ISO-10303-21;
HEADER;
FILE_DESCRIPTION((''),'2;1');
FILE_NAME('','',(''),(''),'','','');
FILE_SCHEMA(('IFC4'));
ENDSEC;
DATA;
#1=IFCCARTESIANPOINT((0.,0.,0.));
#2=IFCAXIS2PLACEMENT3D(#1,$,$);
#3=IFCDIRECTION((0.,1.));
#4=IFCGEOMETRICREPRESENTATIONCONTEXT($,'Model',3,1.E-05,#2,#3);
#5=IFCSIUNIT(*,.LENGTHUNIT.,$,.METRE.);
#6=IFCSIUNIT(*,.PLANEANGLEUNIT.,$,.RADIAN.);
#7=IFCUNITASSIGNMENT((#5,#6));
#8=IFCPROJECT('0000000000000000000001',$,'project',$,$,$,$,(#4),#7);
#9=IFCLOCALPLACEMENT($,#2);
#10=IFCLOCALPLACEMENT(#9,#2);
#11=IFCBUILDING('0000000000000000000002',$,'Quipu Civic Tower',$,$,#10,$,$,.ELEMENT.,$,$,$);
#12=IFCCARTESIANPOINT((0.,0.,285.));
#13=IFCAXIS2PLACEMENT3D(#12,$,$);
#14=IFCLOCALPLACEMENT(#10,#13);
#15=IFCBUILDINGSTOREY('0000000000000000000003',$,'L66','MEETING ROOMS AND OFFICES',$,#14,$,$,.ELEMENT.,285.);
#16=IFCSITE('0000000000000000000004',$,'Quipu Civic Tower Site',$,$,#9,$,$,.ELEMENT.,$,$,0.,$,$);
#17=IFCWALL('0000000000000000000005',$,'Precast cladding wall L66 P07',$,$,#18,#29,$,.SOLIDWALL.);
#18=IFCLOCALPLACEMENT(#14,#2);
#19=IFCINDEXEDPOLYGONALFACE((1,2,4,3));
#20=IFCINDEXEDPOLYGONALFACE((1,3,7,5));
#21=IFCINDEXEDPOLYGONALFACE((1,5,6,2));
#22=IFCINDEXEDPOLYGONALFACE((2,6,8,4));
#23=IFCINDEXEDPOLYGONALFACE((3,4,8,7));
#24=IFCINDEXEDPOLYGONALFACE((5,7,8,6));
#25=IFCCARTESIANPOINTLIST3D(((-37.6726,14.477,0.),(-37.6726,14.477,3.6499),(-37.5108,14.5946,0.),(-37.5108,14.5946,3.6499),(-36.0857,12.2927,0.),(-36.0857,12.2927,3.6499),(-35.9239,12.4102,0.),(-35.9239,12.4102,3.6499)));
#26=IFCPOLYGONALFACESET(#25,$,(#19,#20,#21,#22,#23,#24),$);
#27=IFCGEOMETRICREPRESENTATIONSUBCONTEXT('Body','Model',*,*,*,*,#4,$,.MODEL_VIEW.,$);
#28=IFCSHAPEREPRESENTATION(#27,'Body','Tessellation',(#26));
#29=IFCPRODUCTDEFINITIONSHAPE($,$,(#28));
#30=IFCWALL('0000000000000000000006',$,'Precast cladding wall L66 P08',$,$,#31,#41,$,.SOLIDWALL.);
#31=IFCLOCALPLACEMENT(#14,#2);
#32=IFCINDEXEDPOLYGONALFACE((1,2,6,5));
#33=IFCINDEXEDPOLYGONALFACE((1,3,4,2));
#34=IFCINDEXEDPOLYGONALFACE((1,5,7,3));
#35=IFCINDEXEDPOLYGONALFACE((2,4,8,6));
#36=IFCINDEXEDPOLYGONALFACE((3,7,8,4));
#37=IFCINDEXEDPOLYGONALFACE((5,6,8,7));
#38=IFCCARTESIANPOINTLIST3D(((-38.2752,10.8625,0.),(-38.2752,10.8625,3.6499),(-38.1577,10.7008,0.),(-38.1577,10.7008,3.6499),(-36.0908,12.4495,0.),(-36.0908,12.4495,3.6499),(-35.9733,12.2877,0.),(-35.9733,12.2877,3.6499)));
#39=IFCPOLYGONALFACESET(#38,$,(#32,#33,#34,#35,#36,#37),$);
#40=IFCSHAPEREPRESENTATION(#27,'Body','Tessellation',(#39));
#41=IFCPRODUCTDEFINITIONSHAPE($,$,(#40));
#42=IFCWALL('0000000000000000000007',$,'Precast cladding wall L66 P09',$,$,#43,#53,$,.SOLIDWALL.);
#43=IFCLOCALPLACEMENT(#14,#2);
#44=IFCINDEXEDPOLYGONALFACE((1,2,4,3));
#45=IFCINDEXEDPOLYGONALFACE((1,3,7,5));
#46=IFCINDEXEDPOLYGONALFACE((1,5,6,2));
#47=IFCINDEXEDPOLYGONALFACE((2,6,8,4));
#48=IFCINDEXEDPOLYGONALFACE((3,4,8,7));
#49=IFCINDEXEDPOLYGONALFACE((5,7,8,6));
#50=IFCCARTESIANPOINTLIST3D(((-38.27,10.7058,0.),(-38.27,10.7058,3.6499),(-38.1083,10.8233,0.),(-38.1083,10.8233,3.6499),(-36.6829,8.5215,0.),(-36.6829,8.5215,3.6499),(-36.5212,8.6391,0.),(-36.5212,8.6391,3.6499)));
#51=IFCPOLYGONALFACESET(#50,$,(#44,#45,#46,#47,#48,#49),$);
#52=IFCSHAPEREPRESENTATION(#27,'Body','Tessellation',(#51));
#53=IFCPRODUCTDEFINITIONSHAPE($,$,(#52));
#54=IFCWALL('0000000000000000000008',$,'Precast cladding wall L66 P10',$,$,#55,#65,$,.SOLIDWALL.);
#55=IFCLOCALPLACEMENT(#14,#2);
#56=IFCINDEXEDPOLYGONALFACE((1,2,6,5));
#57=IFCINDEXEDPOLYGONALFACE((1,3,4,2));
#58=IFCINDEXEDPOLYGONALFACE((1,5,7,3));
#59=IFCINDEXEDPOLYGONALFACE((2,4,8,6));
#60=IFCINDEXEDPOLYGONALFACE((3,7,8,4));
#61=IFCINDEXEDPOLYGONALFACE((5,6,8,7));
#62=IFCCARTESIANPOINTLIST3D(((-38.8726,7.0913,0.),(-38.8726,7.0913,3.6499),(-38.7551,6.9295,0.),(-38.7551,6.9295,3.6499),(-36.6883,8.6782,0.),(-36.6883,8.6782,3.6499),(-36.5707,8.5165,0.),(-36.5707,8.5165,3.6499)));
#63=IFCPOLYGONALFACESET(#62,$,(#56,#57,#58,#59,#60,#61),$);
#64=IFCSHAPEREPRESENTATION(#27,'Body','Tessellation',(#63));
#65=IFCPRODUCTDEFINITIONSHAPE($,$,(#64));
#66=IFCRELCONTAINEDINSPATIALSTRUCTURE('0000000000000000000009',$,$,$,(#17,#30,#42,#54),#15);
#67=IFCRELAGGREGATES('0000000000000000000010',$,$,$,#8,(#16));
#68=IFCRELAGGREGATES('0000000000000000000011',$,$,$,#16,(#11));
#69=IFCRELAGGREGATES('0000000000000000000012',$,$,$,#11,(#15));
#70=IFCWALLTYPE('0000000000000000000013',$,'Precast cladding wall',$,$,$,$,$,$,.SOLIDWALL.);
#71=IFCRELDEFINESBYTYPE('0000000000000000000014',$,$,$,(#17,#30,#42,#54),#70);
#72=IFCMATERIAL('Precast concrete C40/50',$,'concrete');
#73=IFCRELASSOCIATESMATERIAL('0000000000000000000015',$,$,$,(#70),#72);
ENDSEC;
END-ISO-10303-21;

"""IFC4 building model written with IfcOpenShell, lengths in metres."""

from ifc_helpers import new_model, si_unit, direction, frame, frame_2d, origin, place, context, subcontext, project, spatial, rectangle, extrude, material, type_object, element, save


model = new_model("IFC4")

# Units and contexts
model_context = context("Model", 3, precision=1e-05, world=origin(), true_north=direction((0.0, 1.0)))
body_context = subcontext(model_context, "Body", "Model", "MODEL_VIEW")
ifc_project = project(units=[si_unit("LENGTHUNIT", "METRE"), si_unit("PLANEANGLEUNIT", "RADIAN")], contexts=[model_context])

# Site, building, storey
site_placement = place(None, origin())
site = spatial("IfcSite", under=ifc_project, at=site_placement, Name="Quipu Civic Tower Site", CompositionType="ELEMENT", RefElevation=0.0)
building_placement = place(site_placement, origin())
building = spatial("IfcBuilding", under=site, at=building_placement, Name="Quipu Civic Tower", CompositionType="ELEMENT")
storey_placement = place(building_placement, frame((0.0, 0.0, 285.0)))
storey = spatial("IfcBuildingStorey", under=building, at=storey_placement, Name="L66", Description="MEETING ROOMS AND OFFICES", CompositionType="ELEMENT", Elevation=285.0)

# Walls
ifc_material_1 = material(Name="Precast concrete C40/50", Category="concrete")
wall_type = type_object("IfcWallType", Name="Precast cladding wall", PredefinedType="SOLIDWALL", material=ifc_material_1)
for number, where, z_axis, x_axis, name in (
    (1, (-37.5918, 14.5359, 0.0), (0.0, 0.0, 1.0), (0.587763, -0.809033, 0.0), "Precast cladding wall L66 P07"),
    (2, (-36.032, 12.3687, 0.0), (0.0, 0.0, 1.0), (-0.809033, -0.587763, 0.0), "Precast cladding wall L66 P08"),
    (3, (-38.1892, 10.7646, 0.0), (0.0, 0.0, 1.0), (0.587822, -0.80899, 0.0), "Precast cladding wall L66 P09"),
    (4, (-36.6294, 8.5974, 0.0), (0.0, 0.0, 1.0), (-0.809033, -0.587763, 0.0), "Precast cladding wall L66 P10"),
):
    element("IfcWall", number, at=place(storey_placement, frame(where, z_axis=z_axis, x_axis=x_axis)), inside=storey, type_object=wall_type, Name=name, PredefinedType="SOLIDWALL", context=body_context, shape_type="SweptSolid", body=[
        extrude(rectangle(XDim=2.7, YDim=0.2, at=frame_2d((1.3501, 0.0))), origin(), (0.0, 0.0, 1.0), 3.6499),
    ])

save(model, "model.ifc")
